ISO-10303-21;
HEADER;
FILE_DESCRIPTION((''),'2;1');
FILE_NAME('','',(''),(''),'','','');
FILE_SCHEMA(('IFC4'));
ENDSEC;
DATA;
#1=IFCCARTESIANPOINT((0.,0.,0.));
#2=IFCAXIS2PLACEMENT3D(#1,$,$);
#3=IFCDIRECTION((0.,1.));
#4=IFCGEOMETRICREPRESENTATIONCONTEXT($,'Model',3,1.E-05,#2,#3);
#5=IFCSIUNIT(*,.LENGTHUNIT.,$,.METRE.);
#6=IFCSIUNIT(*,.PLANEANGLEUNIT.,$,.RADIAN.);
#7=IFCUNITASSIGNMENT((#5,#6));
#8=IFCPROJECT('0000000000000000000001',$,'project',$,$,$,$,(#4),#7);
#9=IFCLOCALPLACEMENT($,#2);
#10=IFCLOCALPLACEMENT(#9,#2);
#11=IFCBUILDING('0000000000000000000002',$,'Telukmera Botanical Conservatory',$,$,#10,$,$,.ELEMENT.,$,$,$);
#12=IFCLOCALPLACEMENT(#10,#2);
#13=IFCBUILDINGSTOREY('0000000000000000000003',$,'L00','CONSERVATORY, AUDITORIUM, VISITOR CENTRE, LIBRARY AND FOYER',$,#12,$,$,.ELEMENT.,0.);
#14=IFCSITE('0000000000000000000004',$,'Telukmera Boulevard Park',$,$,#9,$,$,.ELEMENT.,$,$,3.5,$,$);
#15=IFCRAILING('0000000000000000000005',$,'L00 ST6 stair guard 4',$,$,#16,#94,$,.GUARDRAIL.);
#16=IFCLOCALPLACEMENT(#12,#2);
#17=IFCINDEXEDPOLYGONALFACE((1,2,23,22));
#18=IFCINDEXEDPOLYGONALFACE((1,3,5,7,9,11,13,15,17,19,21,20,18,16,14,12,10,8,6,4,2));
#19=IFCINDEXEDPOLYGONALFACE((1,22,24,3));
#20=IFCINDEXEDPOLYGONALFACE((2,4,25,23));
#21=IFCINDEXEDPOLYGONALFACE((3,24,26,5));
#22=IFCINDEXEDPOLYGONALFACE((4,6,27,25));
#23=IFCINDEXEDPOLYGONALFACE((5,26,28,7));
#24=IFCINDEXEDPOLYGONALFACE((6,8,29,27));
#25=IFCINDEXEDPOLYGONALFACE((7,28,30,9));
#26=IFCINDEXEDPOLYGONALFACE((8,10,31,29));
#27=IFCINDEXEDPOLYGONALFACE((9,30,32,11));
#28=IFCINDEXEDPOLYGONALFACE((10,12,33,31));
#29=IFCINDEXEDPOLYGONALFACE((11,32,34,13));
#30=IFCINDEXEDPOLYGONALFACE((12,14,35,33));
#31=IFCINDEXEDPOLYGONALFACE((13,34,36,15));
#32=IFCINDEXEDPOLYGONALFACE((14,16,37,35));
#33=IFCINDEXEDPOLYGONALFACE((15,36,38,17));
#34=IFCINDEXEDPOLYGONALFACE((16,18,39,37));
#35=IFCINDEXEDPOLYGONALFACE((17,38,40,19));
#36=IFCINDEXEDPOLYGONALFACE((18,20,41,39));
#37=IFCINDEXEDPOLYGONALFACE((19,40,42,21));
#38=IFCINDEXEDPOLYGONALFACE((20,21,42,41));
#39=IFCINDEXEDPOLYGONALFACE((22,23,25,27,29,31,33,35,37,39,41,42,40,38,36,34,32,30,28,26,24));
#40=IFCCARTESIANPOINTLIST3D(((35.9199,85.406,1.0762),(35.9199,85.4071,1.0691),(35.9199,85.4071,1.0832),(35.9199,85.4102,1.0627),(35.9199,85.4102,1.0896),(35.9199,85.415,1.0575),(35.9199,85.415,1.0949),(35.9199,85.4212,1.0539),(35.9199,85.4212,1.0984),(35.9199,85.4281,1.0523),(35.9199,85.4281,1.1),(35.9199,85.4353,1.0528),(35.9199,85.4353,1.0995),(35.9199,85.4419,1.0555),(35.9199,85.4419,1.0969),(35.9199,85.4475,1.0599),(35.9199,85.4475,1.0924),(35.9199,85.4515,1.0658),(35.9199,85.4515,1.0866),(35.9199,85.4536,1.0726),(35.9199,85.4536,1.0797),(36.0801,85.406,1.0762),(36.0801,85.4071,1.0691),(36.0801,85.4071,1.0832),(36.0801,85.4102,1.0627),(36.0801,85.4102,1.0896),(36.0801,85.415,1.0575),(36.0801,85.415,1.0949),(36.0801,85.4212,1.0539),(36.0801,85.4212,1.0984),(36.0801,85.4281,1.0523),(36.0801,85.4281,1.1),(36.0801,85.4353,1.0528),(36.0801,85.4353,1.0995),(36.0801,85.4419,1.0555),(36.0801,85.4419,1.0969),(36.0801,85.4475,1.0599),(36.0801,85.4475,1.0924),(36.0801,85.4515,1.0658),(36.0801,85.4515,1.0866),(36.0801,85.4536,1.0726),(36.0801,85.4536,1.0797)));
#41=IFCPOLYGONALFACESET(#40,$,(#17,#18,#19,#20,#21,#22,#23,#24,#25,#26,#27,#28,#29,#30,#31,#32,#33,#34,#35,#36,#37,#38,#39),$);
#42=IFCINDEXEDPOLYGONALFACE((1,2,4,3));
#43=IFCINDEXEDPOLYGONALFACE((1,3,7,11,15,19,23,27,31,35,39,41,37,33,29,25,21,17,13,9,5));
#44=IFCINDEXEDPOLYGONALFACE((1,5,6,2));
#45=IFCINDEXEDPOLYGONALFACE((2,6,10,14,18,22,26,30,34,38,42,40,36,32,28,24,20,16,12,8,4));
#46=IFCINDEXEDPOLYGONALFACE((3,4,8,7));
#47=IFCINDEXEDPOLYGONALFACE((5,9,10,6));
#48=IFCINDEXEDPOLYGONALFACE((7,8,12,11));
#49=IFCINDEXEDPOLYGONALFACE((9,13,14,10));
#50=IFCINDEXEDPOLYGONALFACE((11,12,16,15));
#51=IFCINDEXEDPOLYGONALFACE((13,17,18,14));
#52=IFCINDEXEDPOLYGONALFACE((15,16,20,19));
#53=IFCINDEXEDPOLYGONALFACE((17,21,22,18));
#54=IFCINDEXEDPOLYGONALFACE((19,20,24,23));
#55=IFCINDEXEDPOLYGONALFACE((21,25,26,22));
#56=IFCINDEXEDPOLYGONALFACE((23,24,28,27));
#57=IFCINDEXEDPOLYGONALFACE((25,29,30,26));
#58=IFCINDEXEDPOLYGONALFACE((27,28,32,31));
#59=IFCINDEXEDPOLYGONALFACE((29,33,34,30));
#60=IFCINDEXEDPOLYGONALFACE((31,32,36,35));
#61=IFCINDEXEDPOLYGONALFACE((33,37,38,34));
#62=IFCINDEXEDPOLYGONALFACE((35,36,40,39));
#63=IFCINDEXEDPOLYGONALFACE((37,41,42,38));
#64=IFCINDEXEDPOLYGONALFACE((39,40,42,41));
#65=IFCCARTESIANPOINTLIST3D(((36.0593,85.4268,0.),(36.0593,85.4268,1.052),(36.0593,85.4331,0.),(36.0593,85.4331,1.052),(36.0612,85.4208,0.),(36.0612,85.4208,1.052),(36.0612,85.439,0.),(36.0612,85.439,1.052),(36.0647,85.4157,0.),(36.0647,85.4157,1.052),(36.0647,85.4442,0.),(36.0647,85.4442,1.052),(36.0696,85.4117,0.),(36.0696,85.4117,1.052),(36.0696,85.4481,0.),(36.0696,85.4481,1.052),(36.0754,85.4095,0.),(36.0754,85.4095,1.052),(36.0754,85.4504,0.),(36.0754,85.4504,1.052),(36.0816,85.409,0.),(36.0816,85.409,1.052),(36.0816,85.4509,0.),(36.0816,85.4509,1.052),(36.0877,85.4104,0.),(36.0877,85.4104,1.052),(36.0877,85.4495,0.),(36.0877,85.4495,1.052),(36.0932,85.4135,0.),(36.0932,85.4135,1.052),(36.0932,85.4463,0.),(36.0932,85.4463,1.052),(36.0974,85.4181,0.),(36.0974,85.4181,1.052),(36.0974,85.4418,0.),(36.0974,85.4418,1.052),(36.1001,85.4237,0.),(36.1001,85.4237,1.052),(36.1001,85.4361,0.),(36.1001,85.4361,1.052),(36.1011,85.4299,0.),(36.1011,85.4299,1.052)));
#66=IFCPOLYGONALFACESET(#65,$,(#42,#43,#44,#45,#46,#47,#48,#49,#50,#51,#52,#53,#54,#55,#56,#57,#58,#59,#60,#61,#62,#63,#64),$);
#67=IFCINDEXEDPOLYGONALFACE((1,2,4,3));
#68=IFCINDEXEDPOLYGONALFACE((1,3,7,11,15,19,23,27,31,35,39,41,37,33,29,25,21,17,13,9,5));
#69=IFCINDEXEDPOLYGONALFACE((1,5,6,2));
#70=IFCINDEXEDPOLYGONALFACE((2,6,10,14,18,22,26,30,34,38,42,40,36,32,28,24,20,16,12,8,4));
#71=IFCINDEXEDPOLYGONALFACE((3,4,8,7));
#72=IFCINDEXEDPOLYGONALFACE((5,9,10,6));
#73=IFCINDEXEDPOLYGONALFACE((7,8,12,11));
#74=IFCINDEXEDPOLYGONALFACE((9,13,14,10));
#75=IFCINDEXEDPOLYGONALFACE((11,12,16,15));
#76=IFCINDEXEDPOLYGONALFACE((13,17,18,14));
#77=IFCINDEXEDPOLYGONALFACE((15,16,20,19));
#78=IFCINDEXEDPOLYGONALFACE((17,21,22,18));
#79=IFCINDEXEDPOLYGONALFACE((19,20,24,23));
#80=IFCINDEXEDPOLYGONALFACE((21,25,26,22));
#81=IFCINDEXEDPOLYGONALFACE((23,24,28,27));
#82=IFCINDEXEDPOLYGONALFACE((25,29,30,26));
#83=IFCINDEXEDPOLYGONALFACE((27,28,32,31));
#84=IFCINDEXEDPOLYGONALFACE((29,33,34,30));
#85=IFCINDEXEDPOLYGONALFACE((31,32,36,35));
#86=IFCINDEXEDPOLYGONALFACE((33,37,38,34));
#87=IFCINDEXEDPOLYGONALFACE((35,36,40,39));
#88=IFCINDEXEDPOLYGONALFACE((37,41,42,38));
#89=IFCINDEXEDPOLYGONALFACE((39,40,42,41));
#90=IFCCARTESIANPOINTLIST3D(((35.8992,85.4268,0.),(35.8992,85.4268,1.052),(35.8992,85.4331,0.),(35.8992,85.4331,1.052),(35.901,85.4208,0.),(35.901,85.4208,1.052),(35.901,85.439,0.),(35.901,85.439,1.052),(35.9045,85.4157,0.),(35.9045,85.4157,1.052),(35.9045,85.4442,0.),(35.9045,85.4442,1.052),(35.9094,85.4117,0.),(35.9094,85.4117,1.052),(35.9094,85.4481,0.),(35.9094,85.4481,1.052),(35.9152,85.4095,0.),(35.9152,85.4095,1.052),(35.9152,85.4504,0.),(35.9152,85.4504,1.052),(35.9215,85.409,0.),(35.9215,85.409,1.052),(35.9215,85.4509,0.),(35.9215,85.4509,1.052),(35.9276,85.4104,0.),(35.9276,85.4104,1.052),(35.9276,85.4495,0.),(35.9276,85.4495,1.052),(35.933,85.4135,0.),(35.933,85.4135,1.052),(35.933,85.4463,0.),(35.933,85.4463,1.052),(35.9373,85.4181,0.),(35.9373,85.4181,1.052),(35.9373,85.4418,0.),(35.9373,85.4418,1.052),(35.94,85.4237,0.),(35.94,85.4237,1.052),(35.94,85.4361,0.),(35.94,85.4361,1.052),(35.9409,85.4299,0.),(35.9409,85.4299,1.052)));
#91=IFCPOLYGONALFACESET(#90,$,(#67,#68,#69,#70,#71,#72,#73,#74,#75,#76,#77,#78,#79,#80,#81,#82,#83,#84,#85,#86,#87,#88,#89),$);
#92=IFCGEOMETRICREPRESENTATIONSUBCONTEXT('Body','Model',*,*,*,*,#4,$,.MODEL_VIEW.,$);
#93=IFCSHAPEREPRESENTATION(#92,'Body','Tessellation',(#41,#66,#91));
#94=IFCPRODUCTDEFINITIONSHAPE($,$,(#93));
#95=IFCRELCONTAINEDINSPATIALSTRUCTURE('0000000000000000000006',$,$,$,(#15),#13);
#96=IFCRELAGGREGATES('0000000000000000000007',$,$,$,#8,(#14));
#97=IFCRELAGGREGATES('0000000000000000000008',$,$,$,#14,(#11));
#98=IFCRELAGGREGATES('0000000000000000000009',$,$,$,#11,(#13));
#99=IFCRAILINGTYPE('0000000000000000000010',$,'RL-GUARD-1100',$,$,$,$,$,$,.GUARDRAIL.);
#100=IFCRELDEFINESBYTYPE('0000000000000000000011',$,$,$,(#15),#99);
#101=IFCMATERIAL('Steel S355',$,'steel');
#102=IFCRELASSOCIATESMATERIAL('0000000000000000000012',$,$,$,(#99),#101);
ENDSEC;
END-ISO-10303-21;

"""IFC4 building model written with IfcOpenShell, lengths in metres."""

from ifc_helpers import new_model, si_unit, direction, frame, origin, origin_2d, place, context, subcontext, project, spatial, circle, extrude, material, type_object, element, save


model = new_model("IFC4")

# Units and contexts
model_context = context("Model", 3, precision=1e-05, world=origin(), true_north=direction((0.0, 1.0)))
body_context = subcontext(model_context, "Body", "Model", "MODEL_VIEW")
ifc_project = project(units=[si_unit("LENGTHUNIT", "METRE"), si_unit("PLANEANGLEUNIT", "RADIAN")], contexts=[model_context])

# Site, building, storey
site_placement = place(None, origin())
site = spatial("IfcSite", under=ifc_project, at=site_placement, Name="Telukmera Boulevard Park", CompositionType="ELEMENT", RefElevation=3.5)
building_placement = place(site_placement, origin())
building = spatial("IfcBuilding", under=site, at=building_placement, Name="Telukmera Botanical Conservatory", CompositionType="ELEMENT")
storey_placement = place(building_placement, origin())
storey = spatial("IfcBuildingStorey", under=building, at=storey_placement, Name="L00", Description="CONSERVATORY, AUDITORIUM, VISITOR CENTRE, LIBRARY AND FOYER", CompositionType="ELEMENT", Elevation=0.0)

# Railing
ifc_material_1 = material(Name="Steel S355", Category="steel")
railing_type = type_object("IfcRailingType", Name="RL-GUARD-1100", PredefinedType="GUARDRAIL", material=ifc_material_1)
railing_1_placement = place(storey_placement, frame((36.0801, 85.4299, 0.0)))
element("IfcRailing", 1, at=railing_1_placement, inside=storey, type_object=railing_type, Name="L00 ST6 stair guard 4", PredefinedType="GUARDRAIL", context=body_context, shape_type="SweptSolid", body=[
    extrude(circle(Radius=0.0239, at=origin_2d()), frame((0.0, 0.0, 1.0762), z_axis=(-1.0, 0.0, 0.0), x_axis=(0.0, -1.0, 0.0)), (0.0, 0.0, 1.0), 0.1602),
    extrude(circle(Radius=0.021, at=origin_2d()), origin(), (0.0, 0.0, 1.0), 1.052),
    extrude(circle(Radius=0.021, at=origin_2d()), frame((-0.1602, 0.0, 0.0)), (0.0, 0.0, 1.0), 1.052),
])

save(model, "model.ifc")
